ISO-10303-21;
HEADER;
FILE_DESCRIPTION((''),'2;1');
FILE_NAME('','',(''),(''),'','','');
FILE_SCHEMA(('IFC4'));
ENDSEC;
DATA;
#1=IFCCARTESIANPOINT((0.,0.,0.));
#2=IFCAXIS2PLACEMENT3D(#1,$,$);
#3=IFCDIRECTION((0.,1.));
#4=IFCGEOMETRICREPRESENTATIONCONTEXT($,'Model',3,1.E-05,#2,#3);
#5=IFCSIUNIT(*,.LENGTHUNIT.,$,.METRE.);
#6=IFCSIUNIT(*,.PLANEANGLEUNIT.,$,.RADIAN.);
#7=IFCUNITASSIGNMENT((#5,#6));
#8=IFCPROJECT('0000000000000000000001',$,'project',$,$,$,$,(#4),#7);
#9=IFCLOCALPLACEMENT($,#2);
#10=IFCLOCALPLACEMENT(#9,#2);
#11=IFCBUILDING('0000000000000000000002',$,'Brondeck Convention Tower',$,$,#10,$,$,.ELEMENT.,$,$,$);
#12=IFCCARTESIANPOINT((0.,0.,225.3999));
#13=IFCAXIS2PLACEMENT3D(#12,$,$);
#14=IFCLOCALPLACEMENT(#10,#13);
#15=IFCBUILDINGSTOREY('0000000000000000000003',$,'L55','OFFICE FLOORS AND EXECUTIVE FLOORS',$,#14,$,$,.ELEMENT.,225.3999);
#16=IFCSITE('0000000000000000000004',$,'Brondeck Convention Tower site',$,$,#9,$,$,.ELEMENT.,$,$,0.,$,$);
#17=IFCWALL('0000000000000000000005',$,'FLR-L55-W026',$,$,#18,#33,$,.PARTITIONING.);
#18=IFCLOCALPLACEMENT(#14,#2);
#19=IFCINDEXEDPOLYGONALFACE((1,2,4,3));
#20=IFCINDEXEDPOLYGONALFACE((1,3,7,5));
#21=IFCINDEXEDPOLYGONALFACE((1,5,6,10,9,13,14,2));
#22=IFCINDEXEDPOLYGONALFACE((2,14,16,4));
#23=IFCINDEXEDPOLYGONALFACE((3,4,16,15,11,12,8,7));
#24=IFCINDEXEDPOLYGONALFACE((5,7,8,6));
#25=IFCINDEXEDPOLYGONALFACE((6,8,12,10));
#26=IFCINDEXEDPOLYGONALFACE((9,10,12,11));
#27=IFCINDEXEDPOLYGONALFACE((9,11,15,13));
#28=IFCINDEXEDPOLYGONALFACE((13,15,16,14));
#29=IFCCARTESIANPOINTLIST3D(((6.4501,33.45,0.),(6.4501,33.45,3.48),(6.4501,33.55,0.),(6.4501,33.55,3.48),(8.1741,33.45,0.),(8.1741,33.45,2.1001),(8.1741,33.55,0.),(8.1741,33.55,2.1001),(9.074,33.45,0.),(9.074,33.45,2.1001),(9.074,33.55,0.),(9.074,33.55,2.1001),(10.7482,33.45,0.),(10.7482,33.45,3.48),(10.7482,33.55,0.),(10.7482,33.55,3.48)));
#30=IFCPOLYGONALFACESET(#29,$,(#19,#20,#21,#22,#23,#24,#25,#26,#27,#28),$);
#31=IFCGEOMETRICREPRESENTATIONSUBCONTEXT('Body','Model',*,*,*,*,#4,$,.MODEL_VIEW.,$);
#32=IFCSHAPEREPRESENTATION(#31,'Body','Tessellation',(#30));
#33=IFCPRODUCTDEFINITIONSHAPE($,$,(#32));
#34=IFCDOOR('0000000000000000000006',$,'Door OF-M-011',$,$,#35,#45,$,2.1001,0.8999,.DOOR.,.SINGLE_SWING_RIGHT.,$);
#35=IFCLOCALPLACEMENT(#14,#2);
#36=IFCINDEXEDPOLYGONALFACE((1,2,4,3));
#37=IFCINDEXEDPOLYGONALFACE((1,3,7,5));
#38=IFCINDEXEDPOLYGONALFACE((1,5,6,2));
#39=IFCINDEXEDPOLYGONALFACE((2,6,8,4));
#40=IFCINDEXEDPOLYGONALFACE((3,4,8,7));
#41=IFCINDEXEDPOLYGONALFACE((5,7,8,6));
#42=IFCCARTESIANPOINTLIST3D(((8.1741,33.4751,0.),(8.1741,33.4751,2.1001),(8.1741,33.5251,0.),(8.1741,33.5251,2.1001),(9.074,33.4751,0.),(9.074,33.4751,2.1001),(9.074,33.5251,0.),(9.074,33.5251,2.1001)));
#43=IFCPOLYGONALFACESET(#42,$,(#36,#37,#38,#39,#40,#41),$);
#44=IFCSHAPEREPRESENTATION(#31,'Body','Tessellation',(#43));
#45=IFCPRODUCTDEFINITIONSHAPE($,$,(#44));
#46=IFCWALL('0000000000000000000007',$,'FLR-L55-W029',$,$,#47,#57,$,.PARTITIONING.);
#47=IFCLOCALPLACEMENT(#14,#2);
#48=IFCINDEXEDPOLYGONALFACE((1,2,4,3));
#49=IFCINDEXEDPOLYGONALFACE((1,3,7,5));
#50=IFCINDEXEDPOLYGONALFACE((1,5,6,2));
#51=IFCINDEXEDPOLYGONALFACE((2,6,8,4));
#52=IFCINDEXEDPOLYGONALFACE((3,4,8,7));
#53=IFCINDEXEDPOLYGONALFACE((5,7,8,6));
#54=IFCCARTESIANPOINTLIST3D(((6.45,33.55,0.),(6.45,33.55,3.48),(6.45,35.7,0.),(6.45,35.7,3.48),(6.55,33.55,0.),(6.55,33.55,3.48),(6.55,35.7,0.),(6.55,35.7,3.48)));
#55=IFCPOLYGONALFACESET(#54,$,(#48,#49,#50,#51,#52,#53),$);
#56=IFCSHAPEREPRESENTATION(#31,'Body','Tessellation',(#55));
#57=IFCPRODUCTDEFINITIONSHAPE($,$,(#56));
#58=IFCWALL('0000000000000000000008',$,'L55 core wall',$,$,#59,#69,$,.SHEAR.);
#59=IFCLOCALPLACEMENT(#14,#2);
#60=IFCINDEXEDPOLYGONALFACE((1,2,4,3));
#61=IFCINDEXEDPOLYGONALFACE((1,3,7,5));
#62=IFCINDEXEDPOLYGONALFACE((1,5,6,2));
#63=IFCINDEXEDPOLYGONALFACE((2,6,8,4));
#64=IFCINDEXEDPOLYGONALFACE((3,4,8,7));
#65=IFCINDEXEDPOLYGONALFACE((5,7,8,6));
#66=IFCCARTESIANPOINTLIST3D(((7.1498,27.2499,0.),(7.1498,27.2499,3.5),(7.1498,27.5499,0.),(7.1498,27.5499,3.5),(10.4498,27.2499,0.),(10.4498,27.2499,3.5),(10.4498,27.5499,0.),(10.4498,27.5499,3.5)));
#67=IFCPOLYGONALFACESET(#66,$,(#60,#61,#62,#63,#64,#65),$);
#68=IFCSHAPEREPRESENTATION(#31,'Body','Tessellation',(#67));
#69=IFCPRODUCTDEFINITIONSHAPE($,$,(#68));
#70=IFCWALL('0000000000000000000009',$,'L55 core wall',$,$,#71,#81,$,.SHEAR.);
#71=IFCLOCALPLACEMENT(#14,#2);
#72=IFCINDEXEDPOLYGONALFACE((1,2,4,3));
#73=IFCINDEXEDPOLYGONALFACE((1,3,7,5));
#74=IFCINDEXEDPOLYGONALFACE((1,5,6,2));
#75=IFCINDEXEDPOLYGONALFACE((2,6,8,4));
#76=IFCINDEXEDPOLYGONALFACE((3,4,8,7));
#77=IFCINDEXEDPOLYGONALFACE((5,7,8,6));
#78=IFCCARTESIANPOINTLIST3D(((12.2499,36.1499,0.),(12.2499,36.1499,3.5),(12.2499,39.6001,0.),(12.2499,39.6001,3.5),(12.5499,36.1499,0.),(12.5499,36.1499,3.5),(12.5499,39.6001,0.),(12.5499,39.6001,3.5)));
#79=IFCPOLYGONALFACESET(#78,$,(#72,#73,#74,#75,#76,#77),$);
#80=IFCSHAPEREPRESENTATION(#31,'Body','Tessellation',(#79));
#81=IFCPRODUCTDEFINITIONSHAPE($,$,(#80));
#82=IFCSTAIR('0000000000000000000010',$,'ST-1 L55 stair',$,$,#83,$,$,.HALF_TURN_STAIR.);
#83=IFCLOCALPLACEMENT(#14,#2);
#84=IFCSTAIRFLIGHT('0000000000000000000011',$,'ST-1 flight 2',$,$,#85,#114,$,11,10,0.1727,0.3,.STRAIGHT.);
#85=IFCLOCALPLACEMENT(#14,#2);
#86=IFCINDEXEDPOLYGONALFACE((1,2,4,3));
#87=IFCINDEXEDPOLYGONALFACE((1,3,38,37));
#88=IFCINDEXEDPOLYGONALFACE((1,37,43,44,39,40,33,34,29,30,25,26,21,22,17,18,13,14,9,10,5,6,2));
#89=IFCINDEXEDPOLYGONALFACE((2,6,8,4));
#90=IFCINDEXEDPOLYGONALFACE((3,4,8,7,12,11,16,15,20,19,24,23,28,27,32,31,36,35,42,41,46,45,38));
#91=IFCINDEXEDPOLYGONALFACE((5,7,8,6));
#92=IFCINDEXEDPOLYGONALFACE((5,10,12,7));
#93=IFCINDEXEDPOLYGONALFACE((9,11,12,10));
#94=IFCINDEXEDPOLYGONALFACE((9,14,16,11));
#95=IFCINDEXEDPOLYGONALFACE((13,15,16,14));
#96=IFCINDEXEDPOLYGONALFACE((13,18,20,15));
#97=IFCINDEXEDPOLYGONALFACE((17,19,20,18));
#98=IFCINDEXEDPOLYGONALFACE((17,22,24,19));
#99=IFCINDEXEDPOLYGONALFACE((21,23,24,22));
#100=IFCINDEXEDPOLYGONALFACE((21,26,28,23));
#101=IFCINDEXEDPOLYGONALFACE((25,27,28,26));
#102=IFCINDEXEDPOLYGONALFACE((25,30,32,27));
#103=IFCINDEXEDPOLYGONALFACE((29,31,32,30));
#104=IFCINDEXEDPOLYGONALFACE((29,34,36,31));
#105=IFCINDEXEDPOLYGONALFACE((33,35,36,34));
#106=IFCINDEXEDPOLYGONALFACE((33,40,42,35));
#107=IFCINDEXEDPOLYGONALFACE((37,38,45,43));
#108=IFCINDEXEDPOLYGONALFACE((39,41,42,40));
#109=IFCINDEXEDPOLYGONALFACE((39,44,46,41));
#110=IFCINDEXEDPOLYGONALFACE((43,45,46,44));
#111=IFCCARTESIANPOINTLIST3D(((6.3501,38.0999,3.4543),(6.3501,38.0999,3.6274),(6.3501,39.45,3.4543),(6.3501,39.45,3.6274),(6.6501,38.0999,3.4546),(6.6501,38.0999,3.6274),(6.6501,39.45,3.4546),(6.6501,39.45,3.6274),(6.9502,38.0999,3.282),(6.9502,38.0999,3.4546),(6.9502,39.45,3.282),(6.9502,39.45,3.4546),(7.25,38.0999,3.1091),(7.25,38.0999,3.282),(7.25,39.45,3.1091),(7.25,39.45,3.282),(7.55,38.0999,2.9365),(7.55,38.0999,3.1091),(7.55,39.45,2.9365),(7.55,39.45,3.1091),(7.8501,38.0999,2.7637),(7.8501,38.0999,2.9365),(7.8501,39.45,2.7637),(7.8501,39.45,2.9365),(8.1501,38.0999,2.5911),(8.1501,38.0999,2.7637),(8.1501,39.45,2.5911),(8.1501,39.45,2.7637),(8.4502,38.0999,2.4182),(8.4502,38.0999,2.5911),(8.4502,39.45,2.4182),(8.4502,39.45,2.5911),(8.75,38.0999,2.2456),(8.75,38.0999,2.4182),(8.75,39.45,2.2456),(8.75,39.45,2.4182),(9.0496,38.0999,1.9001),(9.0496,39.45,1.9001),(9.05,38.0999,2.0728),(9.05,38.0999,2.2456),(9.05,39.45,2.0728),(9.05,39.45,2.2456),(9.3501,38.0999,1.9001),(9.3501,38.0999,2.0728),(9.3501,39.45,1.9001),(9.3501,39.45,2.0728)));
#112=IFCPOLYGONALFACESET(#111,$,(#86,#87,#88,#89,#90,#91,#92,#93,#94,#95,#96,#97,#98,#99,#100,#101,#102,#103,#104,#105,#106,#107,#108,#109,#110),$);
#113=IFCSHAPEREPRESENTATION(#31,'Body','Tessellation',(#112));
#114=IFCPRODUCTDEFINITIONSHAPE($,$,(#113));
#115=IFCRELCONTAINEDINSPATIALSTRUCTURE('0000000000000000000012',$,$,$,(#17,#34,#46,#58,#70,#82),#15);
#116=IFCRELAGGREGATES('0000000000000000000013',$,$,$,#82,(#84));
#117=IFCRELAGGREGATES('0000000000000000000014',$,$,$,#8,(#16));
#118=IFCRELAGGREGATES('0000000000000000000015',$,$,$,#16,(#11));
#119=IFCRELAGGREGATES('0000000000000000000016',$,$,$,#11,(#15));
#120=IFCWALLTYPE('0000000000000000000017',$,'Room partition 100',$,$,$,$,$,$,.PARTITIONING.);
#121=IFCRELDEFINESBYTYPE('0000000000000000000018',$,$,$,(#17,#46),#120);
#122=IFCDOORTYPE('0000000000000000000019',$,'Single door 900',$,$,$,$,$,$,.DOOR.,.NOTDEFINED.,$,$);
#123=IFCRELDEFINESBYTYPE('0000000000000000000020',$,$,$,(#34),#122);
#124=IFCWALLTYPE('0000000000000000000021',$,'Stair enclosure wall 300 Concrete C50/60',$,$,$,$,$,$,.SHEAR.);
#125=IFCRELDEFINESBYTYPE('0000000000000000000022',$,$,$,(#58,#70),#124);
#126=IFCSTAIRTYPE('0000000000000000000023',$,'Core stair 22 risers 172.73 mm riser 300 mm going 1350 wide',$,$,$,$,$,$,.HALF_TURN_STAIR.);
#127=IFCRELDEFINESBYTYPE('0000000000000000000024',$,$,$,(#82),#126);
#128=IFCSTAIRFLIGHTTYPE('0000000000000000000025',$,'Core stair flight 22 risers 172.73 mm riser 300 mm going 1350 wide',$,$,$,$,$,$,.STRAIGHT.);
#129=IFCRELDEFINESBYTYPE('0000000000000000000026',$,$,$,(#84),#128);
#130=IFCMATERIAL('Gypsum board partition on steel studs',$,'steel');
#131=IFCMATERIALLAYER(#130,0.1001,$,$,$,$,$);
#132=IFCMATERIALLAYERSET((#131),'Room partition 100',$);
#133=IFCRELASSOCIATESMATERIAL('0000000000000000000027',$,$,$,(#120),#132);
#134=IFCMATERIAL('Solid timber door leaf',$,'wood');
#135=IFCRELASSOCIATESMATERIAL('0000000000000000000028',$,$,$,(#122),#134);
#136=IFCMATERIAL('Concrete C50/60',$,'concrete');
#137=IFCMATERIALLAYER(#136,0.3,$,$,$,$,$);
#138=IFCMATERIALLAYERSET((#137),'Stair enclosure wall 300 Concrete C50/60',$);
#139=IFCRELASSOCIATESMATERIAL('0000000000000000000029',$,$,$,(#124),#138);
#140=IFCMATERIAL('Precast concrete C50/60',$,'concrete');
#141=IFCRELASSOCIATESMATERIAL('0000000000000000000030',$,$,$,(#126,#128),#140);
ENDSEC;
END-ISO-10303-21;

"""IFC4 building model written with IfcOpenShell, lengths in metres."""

from ifc_helpers import new_model, si_unit, direction, frame, frame_2d, origin, place, context, subcontext, project, spatial, polyline, rectangle, outline, extrude, material, layer, layer_set, type_object, element, fill, aggregate, save


model = new_model("IFC4")

# Units and contexts
model_context = context("Model", 3, precision=1e-05, world=origin(), true_north=direction((0.0, 1.0)))
body_context = subcontext(model_context, "Body", "Model", "MODEL_VIEW")
ifc_project = project(units=[si_unit("LENGTHUNIT", "METRE"), si_unit("PLANEANGLEUNIT", "RADIAN")], contexts=[model_context])

# Site, building, storey
site_placement = place(None, origin())
site = spatial("IfcSite", under=ifc_project, at=site_placement, Name="Brondeck Convention Tower site", CompositionType="ELEMENT", RefElevation=0.0)
building_placement = place(site_placement, origin())
building = spatial("IfcBuilding", under=site, at=building_placement, Name="Brondeck Convention Tower", CompositionType="ELEMENT")
storey_placement = place(building_placement, frame((0.0, 0.0, 225.3999)))
storey = spatial("IfcBuildingStorey", under=building, at=storey_placement, Name="L55", Description="OFFICE FLOORS AND EXECUTIVE FLOORS", CompositionType="ELEMENT", Elevation=225.3999)

# Shared definitions
ifc_material_1 = material(Name="Concrete C50/60", Category="concrete")

# Shared definitions
ifc_material_2 = material(Name="Gypsum board partition on steel studs", Category="steel")
ifc_layer_1 = layer(ifc_material_2, 0.1001)
ifc_layer_set_1 = layer_set([ifc_layer_1], Name="Room partition 100")
wall_type_1 = type_object("IfcWallType", Name="Room partition 100", PredefinedType="PARTITIONING", material=ifc_layer_set_1)

# Wall, opening, door
wall_1_placement = place(storey_placement, frame((10.748, 33.5, 0.0), z_axis=(0.0, 0.0, 1.0), x_axis=(-1.0, 0.0, 0.0)))
wall_1 = element("IfcWall", 1, at=wall_1_placement, inside=storey, type_object=wall_type_1, Name="FLR-L55-W026", PredefinedType="PARTITIONING", context=body_context, shape_type="SweptSolid", body=[
    extrude(rectangle(XDim=4.2981, YDim=0.1001, at=frame_2d((2.1489, 0.0))), origin(), (0.0, 0.0, 1.0), 3.48),
])
opening_1_placement = place(wall_1_placement, frame((1.6741, 0.0, 0.0)))
opening_1 = element("IfcOpeningElement", 2, at=opening_1_placement, cuts=wall_1, PredefinedType="OPENING", context=body_context, shape_type="SweptSolid", body=[
    extrude(rectangle(XDim=0.8999, YDim=2.1001, at=frame_2d((0.45, 1.05))), frame((0.0, 0.0601, 0.0), z_axis=(0.0, -1.0, 0.0), x_axis=(1.0, 0.0, 0.0)), (0.0, 0.0, 1.0), 0.1201),
])
ifc_material_3 = material(Name="Solid timber door leaf", Category="wood")
door_type_1 = type_object("IfcDoorType", Name="Single door 900", OperationType="NOTDEFINED", PredefinedType="DOOR", material=ifc_material_3)
door_1_placement = place(opening_1_placement, origin())
door_1 = element("IfcDoor", 3, at=door_1_placement, inside=storey, type_object=door_type_1, Name="Door OF-M-011", OperationType="SINGLE_SWING_RIGHT", OverallHeight=2.1001, OverallWidth=0.8999, PredefinedType="DOOR", context=body_context, shape_type="SweptSolid", body=[
    extrude(rectangle(XDim=0.8999, YDim=2.1001, at=frame_2d((0.45, 1.05))), frame((0.0, 0.0249, 0.0), z_axis=(0.0, -1.0, 0.0), x_axis=(1.0, 0.0, 0.0)), (0.0, 0.0, 1.0), 0.05),
])
fill(opening_1, door_1)

# Walls
wall_2_placement = place(storey_placement, frame((6.5, 33.55, 0.0), z_axis=(0.0, 0.0, 1.0), x_axis=(0.0, 1.0, 0.0)))
element("IfcWall", 4, at=wall_2_placement, inside=storey, type_object=wall_type_1, Name="FLR-L55-W029", PredefinedType="PARTITIONING", context=body_context, shape_type="SweptSolid", body=[
    extrude(rectangle(XDim=2.1499, YDim=0.1001, at=frame_2d((1.075, 0.0))), origin(), (0.0, 0.0, 1.0), 3.48),
])
ifc_layer_2 = layer(ifc_material_1, 0.3)
ifc_layer_set_2 = layer_set([ifc_layer_2], Name="Stair enclosure wall 300 Concrete C50/60")
wall_type_2 = type_object("IfcWallType", Name="Stair enclosure wall 300 Concrete C50/60", PredefinedType="SHEAR", material=ifc_layer_set_2)
wall_3_placement = place(storey_placement, frame((7.1499, 27.3999, 0.0), z_axis=(0.0, 0.0, 1.0), x_axis=(1.0, 0.0, 0.0)))
element("IfcWall", 5, at=wall_3_placement, inside=storey, type_object=wall_type_2, Name="L55 core wall", PredefinedType="SHEAR", context=body_context, shape_type="SweptSolid", body=[
    extrude(rectangle(XDim=3.3, YDim=0.3, at=frame_2d((1.6499, 0.0))), origin(), (0.0, 0.0, 1.0), 3.5),
])
wall_4_placement = place(storey_placement, frame((12.3999, 36.1499, 0.0), z_axis=(0.0, 0.0, 1.0), x_axis=(0.0, 1.0, 0.0)))
element("IfcWall", 6, at=wall_4_placement, inside=storey, type_object=wall_type_2, Name="L55 core wall", PredefinedType="SHEAR", context=body_context, shape_type="SweptSolid", body=[
    extrude(rectangle(XDim=3.4502, YDim=0.3, at=frame_2d((1.7251, 0.0))), origin(), (0.0, 0.0, 1.0), 3.5),
])

# Stair, stair flight
ifc_material_4 = material(Name="Precast concrete C50/60", Category="concrete")
stair_type = type_object("IfcStairType", Name="Core stair 22 risers 172.73 mm riser 300 mm going 1350 wide", PredefinedType="HALF_TURN_STAIR", material=ifc_material_4)
stair_placement = place(storey_placement, origin())
stair = element("IfcStair", 7, at=stair_placement, inside=storey, type_object=stair_type, Name="ST-1 L55 stair", PredefinedType="HALF_TURN_STAIR")
stair_flight_type = type_object("IfcStairFlightType", Name="Core stair flight 22 risers 172.73 mm riser 300 mm going 1350 wide", PredefinedType="STRAIGHT", material=ifc_material_4)
stair_flight_placement = place(storey_placement, frame((9.3501, 38.7749, 1.9001), z_axis=(0.0, 0.0, 1.0), x_axis=(-1.0, 0.0, 0.0)))
stair_flight = element("IfcStairFlight", 8, at=stair_flight_placement, type_object=stair_flight_type, Name="ST-1 flight 2", NumberOfRisers=11, NumberOfTreads=10, PredefinedType="STRAIGHT", RiserHeight=0.1727, TreadLength=0.3, context=body_context, shape_type="SweptSolid", body=[
    extrude(outline(polyline([(0.0, 0.0), (0.0, 0.1726), (0.3, 0.1726), (0.3, 0.3455), (0.6001, 0.3455), (0.6001, 0.5181), (0.8999, 0.5181), (0.8999, 0.6909), (1.2, 0.6909), (1.2, 0.8635), (1.5, 0.8635), (1.5, 1.0364), (1.8, 1.0364), (1.8, 1.209), (2.1001, 1.209), (2.1001, 1.3818), (2.3999, 1.3818), (2.3999, 1.5544), (2.7, 1.5544), (2.7, 1.7273), (3.0, 1.7273), (3.0, 1.8999), (3.0, 1.5542), (0.3005, 0.0), (0.0, 0.0)])), frame((0.0, 0.675, 0.0), z_axis=(0.0, -1.0, 0.0), x_axis=(1.0, 0.0, 0.0)), (0.0, 0.0, 1.0), 1.3501),
])
aggregate(stair, [stair_flight])

save(model, "model.ifc")
